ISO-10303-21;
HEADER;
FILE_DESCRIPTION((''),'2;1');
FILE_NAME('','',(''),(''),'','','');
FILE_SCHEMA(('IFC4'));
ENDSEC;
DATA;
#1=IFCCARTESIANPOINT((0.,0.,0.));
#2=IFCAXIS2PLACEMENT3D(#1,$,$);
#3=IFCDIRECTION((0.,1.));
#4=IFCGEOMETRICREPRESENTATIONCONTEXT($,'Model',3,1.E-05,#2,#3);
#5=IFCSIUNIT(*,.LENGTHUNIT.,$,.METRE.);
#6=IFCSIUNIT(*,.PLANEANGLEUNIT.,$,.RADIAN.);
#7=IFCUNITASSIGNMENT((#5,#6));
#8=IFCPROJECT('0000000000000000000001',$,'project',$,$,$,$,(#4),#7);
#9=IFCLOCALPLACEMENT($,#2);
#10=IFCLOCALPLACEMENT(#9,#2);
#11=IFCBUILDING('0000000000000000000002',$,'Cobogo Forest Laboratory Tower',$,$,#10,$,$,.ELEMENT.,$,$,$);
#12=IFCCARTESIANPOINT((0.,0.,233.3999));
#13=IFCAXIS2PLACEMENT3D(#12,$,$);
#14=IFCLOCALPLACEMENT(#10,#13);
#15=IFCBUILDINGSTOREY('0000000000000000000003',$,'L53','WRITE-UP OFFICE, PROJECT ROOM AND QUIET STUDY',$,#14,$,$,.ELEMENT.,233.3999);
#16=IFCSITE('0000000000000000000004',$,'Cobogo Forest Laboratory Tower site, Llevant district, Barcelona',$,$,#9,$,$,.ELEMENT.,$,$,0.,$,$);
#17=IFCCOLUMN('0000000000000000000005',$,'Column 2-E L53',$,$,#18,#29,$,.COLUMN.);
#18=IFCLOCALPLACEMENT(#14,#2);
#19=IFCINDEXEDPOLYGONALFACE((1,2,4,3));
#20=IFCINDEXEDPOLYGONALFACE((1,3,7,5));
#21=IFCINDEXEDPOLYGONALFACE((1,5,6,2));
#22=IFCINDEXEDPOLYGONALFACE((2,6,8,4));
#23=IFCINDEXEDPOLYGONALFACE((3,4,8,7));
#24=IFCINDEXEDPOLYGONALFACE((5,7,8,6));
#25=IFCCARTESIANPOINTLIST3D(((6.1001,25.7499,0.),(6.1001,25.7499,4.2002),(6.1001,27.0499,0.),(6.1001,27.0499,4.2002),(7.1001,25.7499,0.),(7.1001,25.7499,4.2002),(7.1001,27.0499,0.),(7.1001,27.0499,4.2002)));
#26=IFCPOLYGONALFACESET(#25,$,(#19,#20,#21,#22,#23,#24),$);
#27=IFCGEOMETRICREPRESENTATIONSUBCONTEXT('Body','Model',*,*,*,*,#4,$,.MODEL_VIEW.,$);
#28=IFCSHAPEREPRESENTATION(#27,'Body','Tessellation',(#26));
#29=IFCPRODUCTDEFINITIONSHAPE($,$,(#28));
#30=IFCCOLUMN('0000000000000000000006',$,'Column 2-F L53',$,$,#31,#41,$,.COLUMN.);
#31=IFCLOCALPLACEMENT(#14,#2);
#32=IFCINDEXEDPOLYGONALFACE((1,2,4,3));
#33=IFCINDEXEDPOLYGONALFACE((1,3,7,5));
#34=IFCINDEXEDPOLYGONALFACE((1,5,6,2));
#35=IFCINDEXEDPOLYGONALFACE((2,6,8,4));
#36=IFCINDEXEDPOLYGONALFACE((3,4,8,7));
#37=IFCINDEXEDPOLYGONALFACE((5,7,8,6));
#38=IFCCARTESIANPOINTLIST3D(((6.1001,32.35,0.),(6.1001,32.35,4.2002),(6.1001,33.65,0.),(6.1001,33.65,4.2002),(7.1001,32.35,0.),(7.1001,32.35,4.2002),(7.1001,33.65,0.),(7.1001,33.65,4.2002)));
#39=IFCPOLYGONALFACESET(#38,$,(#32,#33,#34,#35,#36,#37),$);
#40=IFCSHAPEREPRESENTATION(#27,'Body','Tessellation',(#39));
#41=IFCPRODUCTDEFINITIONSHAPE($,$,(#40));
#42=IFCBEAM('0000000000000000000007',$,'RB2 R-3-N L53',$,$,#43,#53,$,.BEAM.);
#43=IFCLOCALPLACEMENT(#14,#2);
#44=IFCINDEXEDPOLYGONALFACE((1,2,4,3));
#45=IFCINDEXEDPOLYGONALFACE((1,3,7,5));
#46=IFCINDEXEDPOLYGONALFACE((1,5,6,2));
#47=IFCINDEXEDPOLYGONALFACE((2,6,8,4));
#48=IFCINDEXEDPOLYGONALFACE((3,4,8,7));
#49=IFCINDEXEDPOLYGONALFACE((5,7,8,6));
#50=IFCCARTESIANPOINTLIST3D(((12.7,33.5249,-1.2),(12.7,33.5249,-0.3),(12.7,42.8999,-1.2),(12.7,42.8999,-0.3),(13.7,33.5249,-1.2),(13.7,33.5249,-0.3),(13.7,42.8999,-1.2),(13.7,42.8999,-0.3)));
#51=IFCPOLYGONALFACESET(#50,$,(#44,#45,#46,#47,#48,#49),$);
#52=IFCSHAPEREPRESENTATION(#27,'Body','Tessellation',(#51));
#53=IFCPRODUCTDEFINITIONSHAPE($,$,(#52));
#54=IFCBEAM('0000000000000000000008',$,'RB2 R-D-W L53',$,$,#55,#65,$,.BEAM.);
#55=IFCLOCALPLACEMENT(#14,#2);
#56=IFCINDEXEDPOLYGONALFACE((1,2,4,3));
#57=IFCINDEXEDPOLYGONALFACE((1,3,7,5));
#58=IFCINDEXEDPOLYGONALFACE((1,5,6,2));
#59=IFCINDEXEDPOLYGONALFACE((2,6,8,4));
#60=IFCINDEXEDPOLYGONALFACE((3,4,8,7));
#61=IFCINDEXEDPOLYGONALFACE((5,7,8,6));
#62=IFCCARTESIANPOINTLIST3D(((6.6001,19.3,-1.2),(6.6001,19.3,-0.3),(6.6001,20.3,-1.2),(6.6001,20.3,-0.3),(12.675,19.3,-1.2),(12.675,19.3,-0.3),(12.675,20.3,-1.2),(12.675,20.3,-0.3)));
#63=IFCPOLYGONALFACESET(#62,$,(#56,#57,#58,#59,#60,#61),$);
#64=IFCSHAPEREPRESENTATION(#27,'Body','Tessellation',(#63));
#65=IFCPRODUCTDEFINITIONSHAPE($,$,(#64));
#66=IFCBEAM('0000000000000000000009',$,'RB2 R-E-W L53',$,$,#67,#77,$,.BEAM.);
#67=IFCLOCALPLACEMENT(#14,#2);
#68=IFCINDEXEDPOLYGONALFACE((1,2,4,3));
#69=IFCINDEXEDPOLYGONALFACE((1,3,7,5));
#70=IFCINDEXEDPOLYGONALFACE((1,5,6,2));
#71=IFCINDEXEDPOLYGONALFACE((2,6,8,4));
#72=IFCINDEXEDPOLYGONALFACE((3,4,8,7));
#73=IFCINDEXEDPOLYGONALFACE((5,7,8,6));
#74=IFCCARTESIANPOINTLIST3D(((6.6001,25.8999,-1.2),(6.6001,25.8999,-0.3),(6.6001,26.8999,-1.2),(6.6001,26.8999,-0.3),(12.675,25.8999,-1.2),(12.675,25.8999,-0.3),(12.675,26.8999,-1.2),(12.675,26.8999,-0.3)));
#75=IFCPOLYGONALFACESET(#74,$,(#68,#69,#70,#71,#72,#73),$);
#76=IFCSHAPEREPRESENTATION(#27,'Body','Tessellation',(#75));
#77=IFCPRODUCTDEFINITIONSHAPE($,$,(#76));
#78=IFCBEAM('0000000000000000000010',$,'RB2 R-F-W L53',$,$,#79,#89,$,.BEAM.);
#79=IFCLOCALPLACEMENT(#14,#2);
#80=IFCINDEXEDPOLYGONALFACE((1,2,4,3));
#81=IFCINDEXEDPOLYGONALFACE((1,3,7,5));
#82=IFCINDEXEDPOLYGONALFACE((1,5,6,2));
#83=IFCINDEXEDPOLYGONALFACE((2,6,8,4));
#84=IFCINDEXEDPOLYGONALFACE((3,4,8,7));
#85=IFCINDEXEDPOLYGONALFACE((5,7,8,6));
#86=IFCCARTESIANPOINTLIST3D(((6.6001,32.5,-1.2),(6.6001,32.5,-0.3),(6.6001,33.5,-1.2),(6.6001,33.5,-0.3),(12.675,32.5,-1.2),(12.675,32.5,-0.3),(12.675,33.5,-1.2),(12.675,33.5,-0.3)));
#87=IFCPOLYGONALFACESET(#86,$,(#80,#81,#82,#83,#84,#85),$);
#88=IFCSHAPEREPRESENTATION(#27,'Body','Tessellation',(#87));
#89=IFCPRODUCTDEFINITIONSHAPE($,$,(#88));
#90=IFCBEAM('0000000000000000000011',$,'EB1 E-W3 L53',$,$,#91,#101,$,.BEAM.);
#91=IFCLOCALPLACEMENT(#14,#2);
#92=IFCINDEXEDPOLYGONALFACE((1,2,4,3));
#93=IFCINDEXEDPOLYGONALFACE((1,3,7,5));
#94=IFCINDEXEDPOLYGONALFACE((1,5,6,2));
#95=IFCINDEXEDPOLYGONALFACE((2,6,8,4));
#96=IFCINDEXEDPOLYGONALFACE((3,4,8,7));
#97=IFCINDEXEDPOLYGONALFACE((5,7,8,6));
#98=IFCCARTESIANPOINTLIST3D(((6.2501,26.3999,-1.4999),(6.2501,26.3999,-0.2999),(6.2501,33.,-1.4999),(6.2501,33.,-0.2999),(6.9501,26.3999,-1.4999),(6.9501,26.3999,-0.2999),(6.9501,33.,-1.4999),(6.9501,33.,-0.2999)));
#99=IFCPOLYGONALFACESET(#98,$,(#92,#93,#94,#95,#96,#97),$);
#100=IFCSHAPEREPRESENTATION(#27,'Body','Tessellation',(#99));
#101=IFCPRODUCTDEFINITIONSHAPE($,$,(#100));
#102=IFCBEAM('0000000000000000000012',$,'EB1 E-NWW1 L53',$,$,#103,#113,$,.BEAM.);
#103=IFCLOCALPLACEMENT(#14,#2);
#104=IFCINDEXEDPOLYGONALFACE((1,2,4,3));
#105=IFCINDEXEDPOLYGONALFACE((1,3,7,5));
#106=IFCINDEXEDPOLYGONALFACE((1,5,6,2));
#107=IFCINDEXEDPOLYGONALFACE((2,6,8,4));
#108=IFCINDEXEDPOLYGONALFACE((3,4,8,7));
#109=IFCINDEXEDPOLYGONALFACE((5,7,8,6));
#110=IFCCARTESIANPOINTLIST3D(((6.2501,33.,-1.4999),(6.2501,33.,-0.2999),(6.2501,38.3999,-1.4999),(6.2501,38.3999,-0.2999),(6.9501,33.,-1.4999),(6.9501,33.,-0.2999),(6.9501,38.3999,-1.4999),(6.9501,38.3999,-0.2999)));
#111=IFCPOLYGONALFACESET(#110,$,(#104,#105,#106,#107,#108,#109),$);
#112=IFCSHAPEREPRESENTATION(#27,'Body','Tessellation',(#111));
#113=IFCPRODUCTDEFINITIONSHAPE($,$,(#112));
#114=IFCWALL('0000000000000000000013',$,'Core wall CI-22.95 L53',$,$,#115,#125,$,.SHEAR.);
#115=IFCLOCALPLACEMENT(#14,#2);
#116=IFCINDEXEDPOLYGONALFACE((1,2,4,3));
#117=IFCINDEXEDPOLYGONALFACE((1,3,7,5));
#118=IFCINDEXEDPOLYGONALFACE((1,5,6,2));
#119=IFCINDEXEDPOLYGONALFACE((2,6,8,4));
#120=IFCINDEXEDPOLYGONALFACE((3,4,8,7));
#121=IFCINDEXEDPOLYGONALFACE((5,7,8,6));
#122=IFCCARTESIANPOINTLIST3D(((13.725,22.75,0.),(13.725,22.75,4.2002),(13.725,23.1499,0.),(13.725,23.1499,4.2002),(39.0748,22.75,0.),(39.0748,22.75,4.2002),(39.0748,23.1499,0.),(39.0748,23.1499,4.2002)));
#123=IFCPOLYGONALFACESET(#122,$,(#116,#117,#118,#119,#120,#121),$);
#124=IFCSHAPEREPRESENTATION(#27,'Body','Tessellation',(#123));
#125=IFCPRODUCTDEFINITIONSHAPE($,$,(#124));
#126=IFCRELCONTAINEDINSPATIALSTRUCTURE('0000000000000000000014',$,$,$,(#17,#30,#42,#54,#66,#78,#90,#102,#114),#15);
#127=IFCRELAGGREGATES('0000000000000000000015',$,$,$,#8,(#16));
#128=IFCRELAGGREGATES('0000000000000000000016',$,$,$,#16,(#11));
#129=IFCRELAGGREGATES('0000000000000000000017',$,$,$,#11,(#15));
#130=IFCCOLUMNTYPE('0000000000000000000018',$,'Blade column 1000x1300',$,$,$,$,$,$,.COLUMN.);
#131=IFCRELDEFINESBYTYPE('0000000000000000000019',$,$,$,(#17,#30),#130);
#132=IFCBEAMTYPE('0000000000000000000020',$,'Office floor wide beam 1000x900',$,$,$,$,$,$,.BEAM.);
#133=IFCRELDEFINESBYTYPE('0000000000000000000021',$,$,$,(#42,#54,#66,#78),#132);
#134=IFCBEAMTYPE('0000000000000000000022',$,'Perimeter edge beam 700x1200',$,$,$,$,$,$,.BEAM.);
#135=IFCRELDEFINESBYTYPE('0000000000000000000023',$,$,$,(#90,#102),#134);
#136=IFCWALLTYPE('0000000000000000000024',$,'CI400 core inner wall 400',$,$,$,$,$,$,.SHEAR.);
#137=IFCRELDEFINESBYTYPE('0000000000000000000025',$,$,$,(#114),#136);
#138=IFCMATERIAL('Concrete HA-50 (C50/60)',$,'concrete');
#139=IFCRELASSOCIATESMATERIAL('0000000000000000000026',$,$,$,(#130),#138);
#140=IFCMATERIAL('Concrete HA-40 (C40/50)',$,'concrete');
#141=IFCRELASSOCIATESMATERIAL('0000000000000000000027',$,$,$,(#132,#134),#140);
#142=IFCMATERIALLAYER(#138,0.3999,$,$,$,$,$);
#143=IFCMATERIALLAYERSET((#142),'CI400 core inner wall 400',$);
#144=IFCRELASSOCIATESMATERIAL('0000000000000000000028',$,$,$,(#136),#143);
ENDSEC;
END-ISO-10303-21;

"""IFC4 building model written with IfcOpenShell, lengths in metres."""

from ifc_helpers import new_model, si_unit, direction, frame, frame_2d, origin, origin_2d, place, context, subcontext, project, spatial, rectangle, extrude, material, layer, layer_set, material_profile, profile_set, type_object, element, save


model = new_model("IFC4")

# Units and contexts
model_context = context("Model", 3, precision=1e-05, world=origin(), true_north=direction((0.0, 1.0)))
body_context = subcontext(model_context, "Body", "Model", "MODEL_VIEW")
ifc_project = project(units=[si_unit("LENGTHUNIT", "METRE"), si_unit("PLANEANGLEUNIT", "RADIAN")], contexts=[model_context])

# Site, building, storey
site_placement = place(None, origin())
site = spatial("IfcSite", under=ifc_project, at=site_placement, Name="Cobogo Forest Laboratory Tower site, Llevant district, Barcelona", CompositionType="ELEMENT", RefElevation=0.0)
building_placement = place(site_placement, origin())
building = spatial("IfcBuilding", under=site, at=building_placement, Name="Cobogo Forest Laboratory Tower", CompositionType="ELEMENT")
storey_placement = place(building_placement, frame((0.0, 0.0, 233.3999)))
storey = spatial("IfcBuildingStorey", under=building, at=storey_placement, Name="L53", Description="WRITE-UP OFFICE, PROJECT ROOM AND QUIET STUDY", CompositionType="ELEMENT", Elevation=233.3999)

# Columns
ifc_material_1 = material(Name="Concrete HA-50 (C50/60)", Category="concrete")
ifc_material_profile_1 = material_profile(ifc_material_1, rectangle(XDim=1.3, YDim=1.0, at=origin_2d()), Name="RC 1000x1300")
ifc_profile_set_1 = profile_set([ifc_material_profile_1], Name="Concrete HA-50 (C50/60)")
column_type = type_object("IfcColumnType", Name="Blade column 1000x1300", PredefinedType="COLUMN", material=ifc_profile_set_1)
for number, where, z_axis, x_axis, name in (
    (1, (6.6001, 26.3999, 0.0), (0.0, 0.0, 1.0), (0.0, 1.0, 0.0), "Column 2-E L53"),
    (2, (6.6001, 33.0, 0.0), (0.0, 0.0, 1.0), (0.0, 1.0, 0.0), "Column 2-F L53"),
):
    element("IfcColumn", number, at=place(storey_placement, frame(where, z_axis=z_axis, x_axis=x_axis)), inside=storey, type_object=column_type, Name=name, PredefinedType="COLUMN", context=body_context, shape_type="SweptSolid", body=[
        extrude(rectangle(XDim=1.3, YDim=1.0, at=origin_2d()), origin(), (0.0, 0.0, 1.0), 4.2002),
    ])

# Beams
ifc_material_2 = material(Name="Concrete HA-40 (C40/50)", Category="concrete")
ifc_material_profile_2 = material_profile(ifc_material_2, rectangle(XDim=1.0, YDim=0.8999, at=origin_2d()), Name="RC 1000x900")
ifc_profile_set_2 = profile_set([ifc_material_profile_2], Name="Concrete HA-40 (C40/50)")
beam_type_1 = type_object("IfcBeamType", Name="Office floor wide beam 1000x900", PredefinedType="BEAM", material=ifc_profile_set_2)
beam_1_placement = place(storey_placement, frame((13.2, 33.5249, -0.75), z_axis=(0.0, 1.0, 0.0), x_axis=(-1.0, 0.0, 0.0)))
element("IfcBeam", 3, at=beam_1_placement, inside=storey, type_object=beam_type_1, Name="RB2 R-3-N L53", PredefinedType="BEAM", context=body_context, shape_type="SweptSolid", body=[
    extrude(rectangle(XDim=1.0, YDim=0.8999, at=origin_2d()), origin(), (0.0, 0.0, 1.0), 9.375),
])
for number, where, z_axis, x_axis, name in (
    (4, (12.675, 19.8, -0.75), (-1.0, 0.0, 0.0), (0.0, -1.0, 0.0), "RB2 R-D-W L53"),
    (5, (12.675, 26.3999, -0.75), (-1.0, 0.0, 0.0), (0.0, -1.0, 0.0), "RB2 R-E-W L53"),
    (6, (12.675, 33.0, -0.75), (-1.0, 0.0, 0.0), (0.0, -1.0, 0.0), "RB2 R-F-W L53"),
):
    element("IfcBeam", number, at=place(storey_placement, frame(where, z_axis=z_axis, x_axis=x_axis)), inside=storey, type_object=beam_type_1, Name=name, PredefinedType="BEAM", context=body_context, shape_type="SweptSolid", body=[
        extrude(rectangle(XDim=1.0, YDim=0.8999, at=origin_2d()), origin(), (0.0, 0.0, 1.0), 6.075),
    ])
ifc_material_profile_3 = material_profile(ifc_material_2, rectangle(XDim=0.7, YDim=1.2, at=origin_2d()), Name="RC 700x1200")
ifc_profile_set_3 = profile_set([ifc_material_profile_3], Name="Concrete HA-40 (C40/50)")
beam_type_2 = type_object("IfcBeamType", Name="Perimeter edge beam 700x1200", PredefinedType="BEAM", material=ifc_profile_set_3)
beam_2_placement = place(storey_placement, frame((6.6001, 26.3999, -0.8999), z_axis=(0.0, 1.0, 0.0), x_axis=(-1.0, 0.0, 0.0)))
element("IfcBeam", 7, at=beam_2_placement, inside=storey, type_object=beam_type_2, Name="EB1 E-W3 L53", PredefinedType="BEAM", context=body_context, shape_type="SweptSolid", body=[
    extrude(rectangle(XDim=0.7, YDim=1.2, at=origin_2d()), origin(), (0.0, 0.0, 1.0), 6.6001),
])
beam_3_placement = place(storey_placement, frame((6.6001, 33.0, -0.8999), z_axis=(0.0, 1.0, 0.0), x_axis=(-1.0, 0.0, 0.0)))
element("IfcBeam", 8, at=beam_3_placement, inside=storey, type_object=beam_type_2, Name="EB1 E-NWW1 L53", PredefinedType="BEAM", context=body_context, shape_type="SweptSolid", body=[
    extrude(rectangle(XDim=0.7, YDim=1.2, at=origin_2d()), origin(), (0.0, 0.0, 1.0), 5.3999),
])

# Wall
ifc_layer_1 = layer(ifc_material_1, 0.3999)
ifc_layer_set_1 = layer_set([ifc_layer_1], Name="CI400 core inner wall 400")
wall_type_1 = type_object("IfcWallType", Name="CI400 core inner wall 400", PredefinedType="SHEAR", material=ifc_layer_set_1)
wall_1_placement = place(storey_placement, frame((13.7251, 22.95, 0.0), z_axis=(0.0, 0.0, 1.0), x_axis=(1.0, 0.0, 0.0)))
element("IfcWall", 9, at=wall_1_placement, inside=storey, type_object=wall_type_1, Name="Core wall CI-22.95 L53", PredefinedType="SHEAR", context=body_context, shape_type="SweptSolid", body=[
    extrude(rectangle(XDim=25.3499, YDim=0.3999, at=frame_2d((12.6748, 0.0))), origin(), (0.0, 0.0, 1.0), 4.2002),
])

save(model, "model.ifc")
